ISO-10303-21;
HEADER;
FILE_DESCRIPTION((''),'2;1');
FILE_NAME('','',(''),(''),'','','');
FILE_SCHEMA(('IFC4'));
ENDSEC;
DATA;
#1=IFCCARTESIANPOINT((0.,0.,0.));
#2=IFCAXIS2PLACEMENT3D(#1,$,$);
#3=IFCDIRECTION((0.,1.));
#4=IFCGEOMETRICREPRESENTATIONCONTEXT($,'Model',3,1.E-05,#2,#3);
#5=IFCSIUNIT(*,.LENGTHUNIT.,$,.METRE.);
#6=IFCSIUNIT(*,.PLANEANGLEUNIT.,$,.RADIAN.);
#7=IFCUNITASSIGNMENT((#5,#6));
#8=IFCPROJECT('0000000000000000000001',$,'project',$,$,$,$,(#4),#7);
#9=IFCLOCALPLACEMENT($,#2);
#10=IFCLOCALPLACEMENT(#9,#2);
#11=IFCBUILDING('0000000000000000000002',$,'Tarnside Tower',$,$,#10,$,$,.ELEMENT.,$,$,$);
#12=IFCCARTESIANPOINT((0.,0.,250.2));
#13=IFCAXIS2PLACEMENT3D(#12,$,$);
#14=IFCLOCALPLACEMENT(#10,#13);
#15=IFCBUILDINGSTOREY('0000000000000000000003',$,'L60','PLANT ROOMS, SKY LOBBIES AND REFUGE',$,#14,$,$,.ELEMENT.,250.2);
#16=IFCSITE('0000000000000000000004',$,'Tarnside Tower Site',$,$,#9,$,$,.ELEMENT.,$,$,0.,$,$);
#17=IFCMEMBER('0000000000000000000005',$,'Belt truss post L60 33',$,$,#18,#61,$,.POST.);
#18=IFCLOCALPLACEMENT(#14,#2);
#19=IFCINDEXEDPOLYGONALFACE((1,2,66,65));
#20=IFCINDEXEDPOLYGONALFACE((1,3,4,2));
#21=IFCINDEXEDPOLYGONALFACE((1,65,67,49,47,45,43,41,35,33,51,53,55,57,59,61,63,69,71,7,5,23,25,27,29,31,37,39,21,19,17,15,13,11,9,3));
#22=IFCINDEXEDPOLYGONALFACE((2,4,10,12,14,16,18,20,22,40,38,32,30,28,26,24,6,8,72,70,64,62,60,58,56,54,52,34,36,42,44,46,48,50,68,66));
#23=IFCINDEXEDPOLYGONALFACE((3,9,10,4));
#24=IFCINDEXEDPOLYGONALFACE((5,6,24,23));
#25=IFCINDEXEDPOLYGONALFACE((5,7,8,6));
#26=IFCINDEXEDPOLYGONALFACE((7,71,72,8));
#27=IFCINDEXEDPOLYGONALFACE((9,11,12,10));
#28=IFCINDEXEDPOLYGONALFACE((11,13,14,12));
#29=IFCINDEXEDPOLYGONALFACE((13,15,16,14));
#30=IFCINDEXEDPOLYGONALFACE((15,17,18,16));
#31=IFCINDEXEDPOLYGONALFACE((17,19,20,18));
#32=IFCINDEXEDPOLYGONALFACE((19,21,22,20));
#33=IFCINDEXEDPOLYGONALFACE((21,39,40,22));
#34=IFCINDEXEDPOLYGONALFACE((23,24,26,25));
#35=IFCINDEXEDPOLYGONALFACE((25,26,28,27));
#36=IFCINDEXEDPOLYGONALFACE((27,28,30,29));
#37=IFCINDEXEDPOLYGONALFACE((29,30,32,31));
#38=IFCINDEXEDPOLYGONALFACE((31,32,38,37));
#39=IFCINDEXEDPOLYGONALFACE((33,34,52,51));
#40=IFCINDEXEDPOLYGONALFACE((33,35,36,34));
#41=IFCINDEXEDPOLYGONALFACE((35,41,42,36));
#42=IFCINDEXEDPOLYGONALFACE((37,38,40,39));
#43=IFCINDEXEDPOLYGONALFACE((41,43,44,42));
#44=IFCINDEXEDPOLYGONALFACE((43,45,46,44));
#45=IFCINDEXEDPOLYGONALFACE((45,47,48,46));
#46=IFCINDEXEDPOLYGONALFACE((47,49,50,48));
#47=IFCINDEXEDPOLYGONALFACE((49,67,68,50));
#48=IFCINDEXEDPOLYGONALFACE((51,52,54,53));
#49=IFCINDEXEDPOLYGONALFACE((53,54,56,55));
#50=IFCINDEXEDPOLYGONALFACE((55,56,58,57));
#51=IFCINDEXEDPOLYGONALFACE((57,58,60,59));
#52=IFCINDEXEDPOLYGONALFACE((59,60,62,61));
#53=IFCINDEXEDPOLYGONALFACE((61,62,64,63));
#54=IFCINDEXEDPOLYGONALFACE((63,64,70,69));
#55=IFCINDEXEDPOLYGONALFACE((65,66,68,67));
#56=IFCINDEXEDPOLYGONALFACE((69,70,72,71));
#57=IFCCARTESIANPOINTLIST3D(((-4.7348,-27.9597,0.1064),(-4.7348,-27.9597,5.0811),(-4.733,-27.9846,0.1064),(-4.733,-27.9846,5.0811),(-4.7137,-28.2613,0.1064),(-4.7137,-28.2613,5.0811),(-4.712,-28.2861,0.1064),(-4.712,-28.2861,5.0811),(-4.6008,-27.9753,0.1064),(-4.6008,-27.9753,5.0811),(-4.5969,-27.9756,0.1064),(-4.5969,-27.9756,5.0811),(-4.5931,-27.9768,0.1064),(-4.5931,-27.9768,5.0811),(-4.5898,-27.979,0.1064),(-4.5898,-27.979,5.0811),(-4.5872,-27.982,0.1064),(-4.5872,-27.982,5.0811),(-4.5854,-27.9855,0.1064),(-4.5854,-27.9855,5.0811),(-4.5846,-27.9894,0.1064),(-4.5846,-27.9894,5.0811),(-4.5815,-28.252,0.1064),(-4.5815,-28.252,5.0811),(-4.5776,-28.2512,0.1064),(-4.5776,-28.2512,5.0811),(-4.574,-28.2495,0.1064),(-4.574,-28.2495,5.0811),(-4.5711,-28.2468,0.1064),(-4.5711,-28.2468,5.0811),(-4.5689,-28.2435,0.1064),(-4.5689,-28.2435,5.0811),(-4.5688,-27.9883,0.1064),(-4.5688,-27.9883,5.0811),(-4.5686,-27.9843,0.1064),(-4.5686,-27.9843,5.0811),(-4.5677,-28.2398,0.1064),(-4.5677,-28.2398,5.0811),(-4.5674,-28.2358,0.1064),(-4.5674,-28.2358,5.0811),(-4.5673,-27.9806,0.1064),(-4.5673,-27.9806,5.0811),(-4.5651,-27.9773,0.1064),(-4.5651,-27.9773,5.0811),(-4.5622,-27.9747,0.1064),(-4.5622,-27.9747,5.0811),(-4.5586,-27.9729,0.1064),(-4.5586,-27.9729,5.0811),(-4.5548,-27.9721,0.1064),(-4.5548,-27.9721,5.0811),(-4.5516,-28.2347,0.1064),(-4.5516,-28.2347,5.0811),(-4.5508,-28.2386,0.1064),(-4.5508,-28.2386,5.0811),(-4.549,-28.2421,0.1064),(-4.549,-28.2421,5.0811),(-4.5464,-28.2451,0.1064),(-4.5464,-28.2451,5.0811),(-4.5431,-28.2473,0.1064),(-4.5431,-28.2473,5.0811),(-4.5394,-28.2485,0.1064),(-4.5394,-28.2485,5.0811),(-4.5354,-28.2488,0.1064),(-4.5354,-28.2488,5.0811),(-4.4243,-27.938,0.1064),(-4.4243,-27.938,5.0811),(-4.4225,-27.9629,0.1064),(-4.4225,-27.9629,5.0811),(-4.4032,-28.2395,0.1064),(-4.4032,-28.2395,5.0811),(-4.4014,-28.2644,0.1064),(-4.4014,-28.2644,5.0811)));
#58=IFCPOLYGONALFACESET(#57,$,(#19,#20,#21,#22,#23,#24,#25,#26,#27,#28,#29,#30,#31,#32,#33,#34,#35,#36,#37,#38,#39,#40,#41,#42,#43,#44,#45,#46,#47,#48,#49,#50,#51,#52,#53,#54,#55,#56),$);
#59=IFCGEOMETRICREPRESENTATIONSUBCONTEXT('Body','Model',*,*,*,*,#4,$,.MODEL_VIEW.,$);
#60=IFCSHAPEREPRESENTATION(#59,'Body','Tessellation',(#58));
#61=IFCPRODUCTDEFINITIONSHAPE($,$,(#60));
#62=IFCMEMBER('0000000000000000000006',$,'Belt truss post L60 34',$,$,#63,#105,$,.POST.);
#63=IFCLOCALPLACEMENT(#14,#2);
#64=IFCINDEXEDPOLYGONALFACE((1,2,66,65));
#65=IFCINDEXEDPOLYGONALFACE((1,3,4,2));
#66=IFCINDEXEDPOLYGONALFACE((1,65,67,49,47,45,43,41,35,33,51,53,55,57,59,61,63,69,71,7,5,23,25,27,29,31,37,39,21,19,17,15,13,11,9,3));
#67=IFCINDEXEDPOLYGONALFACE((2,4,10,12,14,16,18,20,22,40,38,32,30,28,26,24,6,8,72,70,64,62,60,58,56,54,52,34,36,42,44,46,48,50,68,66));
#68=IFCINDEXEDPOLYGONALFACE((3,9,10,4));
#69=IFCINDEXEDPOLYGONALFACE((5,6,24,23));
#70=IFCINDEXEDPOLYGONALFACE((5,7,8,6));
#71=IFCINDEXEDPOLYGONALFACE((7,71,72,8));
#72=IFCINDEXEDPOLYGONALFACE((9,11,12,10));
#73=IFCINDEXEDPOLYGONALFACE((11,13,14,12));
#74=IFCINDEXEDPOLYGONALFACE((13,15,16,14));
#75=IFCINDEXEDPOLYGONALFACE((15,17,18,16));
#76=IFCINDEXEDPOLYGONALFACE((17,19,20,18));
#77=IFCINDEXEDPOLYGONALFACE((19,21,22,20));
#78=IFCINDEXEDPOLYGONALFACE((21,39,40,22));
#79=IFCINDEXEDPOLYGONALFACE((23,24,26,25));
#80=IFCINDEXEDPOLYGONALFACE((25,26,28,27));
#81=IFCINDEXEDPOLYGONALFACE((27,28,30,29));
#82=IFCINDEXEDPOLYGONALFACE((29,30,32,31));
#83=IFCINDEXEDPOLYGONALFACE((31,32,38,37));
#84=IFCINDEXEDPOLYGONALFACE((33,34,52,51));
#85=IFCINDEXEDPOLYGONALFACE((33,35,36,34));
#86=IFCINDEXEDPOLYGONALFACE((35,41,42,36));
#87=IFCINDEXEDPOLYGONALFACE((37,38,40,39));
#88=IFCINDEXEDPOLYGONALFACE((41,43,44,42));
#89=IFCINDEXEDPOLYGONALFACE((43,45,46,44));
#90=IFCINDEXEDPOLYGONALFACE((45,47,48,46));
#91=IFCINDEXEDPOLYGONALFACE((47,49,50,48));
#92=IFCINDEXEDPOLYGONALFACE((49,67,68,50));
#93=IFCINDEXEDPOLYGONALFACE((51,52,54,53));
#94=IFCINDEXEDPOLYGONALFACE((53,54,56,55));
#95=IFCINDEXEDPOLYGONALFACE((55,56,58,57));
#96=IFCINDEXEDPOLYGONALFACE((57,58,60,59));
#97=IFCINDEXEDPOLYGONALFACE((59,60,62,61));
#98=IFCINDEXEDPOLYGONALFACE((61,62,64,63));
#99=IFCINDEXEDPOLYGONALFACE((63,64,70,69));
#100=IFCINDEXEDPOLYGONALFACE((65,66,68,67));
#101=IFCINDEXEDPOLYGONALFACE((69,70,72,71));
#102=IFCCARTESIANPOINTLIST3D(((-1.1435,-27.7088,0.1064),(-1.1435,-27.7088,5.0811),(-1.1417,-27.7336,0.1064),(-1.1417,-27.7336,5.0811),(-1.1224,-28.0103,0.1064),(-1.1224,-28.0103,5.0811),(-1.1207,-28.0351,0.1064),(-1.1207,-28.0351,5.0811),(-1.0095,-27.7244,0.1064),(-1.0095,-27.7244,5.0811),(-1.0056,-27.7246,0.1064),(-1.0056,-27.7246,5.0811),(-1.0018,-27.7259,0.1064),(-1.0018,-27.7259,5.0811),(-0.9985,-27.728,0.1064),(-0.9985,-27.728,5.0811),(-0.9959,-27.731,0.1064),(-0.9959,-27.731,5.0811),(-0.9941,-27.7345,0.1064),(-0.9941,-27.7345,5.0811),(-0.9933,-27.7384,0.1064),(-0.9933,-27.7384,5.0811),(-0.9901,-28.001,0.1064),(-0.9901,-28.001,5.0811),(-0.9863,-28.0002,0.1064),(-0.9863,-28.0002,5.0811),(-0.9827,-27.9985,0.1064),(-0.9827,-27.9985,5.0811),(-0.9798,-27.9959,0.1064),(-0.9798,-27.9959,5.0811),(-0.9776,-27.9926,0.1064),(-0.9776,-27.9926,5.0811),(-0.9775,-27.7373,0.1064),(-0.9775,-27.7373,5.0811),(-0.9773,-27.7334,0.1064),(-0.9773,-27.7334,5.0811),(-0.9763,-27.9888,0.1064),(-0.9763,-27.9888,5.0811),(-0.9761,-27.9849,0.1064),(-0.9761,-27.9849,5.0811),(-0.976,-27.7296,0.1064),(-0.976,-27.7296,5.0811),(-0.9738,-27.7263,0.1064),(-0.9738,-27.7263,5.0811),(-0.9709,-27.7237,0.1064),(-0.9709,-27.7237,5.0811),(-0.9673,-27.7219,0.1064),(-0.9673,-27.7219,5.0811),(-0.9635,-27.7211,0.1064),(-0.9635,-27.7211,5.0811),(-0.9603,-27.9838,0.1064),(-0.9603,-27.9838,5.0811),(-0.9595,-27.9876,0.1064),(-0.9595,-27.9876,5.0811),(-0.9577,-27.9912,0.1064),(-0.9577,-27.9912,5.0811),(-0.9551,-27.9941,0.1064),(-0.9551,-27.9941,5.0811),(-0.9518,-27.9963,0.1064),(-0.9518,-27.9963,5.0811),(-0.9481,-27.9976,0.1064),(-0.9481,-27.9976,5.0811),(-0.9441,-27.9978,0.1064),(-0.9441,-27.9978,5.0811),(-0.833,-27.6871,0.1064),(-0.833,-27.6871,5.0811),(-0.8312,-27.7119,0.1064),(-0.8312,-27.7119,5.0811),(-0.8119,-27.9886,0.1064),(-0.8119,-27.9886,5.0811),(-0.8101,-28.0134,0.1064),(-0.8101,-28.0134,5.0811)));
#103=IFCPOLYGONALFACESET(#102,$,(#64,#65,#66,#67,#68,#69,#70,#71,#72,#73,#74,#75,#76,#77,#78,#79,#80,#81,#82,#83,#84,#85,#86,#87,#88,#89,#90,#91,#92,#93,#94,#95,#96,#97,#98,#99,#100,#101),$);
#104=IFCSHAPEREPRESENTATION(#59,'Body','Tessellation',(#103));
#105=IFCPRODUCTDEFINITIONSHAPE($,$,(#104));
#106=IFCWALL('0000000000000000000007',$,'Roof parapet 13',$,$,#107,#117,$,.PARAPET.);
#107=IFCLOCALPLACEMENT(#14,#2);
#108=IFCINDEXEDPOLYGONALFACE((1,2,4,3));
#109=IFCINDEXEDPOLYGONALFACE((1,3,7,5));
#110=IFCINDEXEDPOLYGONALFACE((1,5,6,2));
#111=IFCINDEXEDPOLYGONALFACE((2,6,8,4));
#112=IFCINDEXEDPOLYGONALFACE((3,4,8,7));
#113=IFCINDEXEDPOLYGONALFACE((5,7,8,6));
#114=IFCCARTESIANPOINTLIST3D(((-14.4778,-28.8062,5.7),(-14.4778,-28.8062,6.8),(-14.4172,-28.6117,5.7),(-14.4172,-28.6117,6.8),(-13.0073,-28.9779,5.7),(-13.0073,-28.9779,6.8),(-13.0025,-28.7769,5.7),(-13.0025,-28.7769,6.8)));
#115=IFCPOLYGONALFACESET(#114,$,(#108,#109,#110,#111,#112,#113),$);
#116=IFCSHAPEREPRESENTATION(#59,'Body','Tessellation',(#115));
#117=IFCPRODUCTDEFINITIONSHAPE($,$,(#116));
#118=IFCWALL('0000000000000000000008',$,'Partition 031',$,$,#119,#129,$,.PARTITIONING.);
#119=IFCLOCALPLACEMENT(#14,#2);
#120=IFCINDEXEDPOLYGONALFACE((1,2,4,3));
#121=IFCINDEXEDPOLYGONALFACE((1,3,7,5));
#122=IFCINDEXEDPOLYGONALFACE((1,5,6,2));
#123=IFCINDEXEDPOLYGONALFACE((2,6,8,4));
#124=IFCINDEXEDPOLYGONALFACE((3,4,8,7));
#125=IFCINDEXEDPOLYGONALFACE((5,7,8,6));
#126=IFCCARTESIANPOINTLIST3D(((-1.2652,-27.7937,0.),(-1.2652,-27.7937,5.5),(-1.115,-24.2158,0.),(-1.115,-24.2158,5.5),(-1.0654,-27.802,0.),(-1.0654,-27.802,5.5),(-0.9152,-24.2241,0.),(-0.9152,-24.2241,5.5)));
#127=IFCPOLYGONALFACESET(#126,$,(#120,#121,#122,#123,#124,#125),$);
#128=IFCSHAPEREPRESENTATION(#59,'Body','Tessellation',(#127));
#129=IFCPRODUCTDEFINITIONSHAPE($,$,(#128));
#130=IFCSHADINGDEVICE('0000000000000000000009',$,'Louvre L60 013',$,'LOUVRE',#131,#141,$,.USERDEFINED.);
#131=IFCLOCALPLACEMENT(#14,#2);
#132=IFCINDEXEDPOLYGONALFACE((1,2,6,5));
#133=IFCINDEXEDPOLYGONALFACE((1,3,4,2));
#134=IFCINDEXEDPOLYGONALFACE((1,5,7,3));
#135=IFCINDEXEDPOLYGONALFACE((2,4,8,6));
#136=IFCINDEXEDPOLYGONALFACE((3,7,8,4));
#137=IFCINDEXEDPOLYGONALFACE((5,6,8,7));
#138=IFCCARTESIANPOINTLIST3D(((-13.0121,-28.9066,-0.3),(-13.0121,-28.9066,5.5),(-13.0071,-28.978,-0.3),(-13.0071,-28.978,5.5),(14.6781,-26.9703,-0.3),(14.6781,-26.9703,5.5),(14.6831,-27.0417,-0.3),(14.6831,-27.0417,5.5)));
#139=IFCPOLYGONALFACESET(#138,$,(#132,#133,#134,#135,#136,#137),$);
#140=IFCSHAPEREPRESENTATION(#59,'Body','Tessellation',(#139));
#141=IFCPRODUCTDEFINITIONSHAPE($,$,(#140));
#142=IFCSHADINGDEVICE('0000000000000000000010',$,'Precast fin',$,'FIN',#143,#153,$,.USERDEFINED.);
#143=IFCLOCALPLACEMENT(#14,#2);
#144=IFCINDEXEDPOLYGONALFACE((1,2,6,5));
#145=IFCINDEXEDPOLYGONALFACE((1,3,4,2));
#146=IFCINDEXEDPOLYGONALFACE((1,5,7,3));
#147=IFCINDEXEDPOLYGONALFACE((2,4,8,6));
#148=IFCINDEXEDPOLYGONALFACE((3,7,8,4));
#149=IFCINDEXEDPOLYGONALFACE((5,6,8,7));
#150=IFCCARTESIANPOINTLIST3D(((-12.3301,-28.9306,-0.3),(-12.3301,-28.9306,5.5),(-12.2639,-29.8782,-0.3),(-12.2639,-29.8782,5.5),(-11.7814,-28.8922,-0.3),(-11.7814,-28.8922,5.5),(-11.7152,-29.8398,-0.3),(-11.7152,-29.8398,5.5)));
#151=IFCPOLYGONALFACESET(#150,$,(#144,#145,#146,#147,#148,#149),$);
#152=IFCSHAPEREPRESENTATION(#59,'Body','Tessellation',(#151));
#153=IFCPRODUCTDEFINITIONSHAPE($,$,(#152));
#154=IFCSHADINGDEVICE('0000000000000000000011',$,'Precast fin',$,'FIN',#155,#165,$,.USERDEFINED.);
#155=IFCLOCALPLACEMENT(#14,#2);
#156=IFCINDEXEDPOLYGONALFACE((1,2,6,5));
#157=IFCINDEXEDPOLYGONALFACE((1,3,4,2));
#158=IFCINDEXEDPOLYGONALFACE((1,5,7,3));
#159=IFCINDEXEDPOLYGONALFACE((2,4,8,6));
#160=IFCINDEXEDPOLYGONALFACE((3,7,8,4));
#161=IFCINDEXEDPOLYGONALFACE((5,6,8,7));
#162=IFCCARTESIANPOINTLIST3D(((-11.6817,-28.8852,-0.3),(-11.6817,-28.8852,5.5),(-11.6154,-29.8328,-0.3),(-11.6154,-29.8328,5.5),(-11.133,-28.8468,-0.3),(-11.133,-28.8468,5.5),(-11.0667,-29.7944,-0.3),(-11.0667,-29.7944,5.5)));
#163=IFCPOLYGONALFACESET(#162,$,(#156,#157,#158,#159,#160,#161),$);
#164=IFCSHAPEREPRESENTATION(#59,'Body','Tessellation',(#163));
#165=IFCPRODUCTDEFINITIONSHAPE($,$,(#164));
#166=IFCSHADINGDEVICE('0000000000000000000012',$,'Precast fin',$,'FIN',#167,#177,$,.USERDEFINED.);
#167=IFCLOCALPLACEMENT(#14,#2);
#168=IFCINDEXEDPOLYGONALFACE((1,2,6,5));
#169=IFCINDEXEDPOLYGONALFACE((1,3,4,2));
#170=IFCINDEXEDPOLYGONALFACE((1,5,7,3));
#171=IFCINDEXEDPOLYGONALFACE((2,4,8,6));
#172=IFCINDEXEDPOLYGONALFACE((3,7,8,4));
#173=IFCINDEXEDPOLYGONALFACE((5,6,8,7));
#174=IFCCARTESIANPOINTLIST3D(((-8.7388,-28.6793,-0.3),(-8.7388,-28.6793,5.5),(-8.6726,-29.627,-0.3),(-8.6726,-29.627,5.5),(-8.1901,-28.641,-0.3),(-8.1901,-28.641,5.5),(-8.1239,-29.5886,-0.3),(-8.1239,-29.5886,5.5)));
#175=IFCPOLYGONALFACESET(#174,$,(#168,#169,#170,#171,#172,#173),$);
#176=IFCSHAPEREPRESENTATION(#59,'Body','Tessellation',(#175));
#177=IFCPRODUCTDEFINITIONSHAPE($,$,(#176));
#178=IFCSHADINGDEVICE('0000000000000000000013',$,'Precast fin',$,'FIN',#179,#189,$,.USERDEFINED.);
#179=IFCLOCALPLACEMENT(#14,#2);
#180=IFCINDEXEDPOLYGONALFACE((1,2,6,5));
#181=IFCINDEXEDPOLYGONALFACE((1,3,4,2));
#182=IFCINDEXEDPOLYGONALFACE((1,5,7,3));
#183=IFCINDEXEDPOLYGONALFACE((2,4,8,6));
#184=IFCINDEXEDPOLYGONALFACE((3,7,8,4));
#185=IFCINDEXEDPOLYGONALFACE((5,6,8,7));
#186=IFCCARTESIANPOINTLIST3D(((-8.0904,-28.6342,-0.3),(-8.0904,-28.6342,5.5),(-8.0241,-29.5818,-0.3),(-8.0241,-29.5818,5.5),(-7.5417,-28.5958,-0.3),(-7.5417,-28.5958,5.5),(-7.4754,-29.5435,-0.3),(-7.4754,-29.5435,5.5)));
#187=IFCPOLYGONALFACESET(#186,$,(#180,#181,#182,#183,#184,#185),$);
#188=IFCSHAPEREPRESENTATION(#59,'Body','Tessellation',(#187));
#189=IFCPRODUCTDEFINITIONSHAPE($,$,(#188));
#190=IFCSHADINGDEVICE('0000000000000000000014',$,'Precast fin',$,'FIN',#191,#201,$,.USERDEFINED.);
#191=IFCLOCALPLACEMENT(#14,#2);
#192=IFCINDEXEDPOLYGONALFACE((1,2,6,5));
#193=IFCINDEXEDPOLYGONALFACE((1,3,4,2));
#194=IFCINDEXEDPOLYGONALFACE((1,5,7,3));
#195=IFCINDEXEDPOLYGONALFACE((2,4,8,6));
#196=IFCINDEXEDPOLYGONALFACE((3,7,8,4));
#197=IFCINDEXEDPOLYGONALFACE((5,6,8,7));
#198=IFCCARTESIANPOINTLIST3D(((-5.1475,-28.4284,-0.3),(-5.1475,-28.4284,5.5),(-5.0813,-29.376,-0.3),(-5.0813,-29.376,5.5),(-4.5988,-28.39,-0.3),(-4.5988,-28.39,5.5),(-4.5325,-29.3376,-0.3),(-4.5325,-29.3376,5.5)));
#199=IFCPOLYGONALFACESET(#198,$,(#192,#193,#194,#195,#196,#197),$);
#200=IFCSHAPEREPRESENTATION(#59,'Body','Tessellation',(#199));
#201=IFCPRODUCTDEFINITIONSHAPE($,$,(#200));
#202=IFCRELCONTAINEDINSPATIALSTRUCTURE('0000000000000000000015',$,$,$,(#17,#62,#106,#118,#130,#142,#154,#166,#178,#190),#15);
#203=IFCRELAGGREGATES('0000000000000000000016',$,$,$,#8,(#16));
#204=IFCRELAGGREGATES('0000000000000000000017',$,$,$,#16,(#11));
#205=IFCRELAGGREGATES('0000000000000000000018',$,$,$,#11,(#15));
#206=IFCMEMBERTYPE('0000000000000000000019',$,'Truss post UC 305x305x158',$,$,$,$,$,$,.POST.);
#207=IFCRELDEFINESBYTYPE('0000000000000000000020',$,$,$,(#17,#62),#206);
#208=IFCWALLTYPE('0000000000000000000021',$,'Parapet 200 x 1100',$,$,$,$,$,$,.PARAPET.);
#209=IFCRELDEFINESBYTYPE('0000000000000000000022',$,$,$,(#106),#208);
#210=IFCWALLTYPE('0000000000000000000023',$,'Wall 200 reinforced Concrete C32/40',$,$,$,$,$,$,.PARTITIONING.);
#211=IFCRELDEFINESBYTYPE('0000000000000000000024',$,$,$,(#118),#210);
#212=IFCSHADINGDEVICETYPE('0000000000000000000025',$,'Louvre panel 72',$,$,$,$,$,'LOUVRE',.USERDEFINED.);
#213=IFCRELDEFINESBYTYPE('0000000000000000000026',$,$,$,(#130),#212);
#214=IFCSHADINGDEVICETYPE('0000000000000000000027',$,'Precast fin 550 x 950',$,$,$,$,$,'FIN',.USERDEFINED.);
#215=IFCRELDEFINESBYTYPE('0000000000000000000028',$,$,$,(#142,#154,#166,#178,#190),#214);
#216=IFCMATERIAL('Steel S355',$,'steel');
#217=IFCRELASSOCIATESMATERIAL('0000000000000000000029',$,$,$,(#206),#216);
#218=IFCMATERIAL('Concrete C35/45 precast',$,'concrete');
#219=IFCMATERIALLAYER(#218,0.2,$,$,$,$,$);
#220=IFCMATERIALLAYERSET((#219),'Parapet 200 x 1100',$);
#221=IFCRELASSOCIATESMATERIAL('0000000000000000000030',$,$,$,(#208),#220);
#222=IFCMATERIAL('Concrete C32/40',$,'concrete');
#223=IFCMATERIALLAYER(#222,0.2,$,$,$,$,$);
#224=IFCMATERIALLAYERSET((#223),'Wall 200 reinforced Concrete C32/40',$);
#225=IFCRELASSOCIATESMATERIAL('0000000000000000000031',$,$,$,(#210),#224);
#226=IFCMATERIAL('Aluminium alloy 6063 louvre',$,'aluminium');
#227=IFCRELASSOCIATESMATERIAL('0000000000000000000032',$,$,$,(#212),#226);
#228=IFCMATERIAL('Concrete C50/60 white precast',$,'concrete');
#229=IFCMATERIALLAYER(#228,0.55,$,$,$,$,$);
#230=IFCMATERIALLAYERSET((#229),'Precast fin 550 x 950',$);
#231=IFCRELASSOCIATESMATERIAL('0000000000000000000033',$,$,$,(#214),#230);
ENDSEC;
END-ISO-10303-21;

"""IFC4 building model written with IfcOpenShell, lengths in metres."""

from ifc_helpers import new_model, si_unit, direction, frame, frame_2d, origin, origin_2d, place, context, subcontext, project, spatial, polyline, rectangle, i_section, outline, extrude, material, layer, layer_set, material_profile, profile_set, type_object, element, save


model = new_model("IFC4")

# Units and contexts
model_context = context("Model", 3, precision=1e-05, world=origin(), true_north=direction((0.0, 1.0)))
body_context = subcontext(model_context, "Body", "Model", "MODEL_VIEW")
ifc_project = project(units=[si_unit("LENGTHUNIT", "METRE"), si_unit("PLANEANGLEUNIT", "RADIAN")], contexts=[model_context])

# Site, building, storey
site_placement = place(None, origin())
site = spatial("IfcSite", under=ifc_project, at=site_placement, Name="Tarnside Tower Site", CompositionType="ELEMENT", RefElevation=0.0)
building_placement = place(site_placement, origin())
building = spatial("IfcBuilding", under=site, at=building_placement, Name="Tarnside Tower", CompositionType="ELEMENT")
storey_placement = place(building_placement, frame((0.0, 0.0, 250.2)))
storey = spatial("IfcBuildingStorey", under=building, at=storey_placement, Name="L60", Description="PLANT ROOMS, SKY LOBBIES AND REFUGE", CompositionType="ELEMENT", Elevation=250.2)

# Shared definitions
ifc_material_1 = material(Name="Steel S355", Category="steel")

# Members
ifc_material_profile_1 = material_profile(ifc_material_1, i_section(OverallWidth=0.3113, OverallDepth=0.3271, WebThickness=0.0159, FlangeThickness=0.0249, FilletRadius=0.0151, at=origin_2d()), Name="UC 305x305x158")
ifc_profile_set_1 = profile_set([ifc_material_profile_1], Name="Steel S355")
member_type_1 = type_object("IfcMemberType", Name="Truss post UC 305x305x158", PredefinedType="POST", material=ifc_profile_set_1)
for number, where, z_axis, x_axis, name in (
    (1, (-4.5681, -28.1121, 0.1064), (0.0, 0.0, 1.0), (0.997564, 0.069756, 0.0), "Belt truss post L60 33"),
    (2, (-0.9768, -27.8611, 0.1064), (0.0, 0.0, 1.0), (0.997564, 0.069756, 0.0), "Belt truss post L60 34"),
):
    element("IfcMember", number, at=place(storey_placement, frame(where, z_axis=z_axis, x_axis=x_axis)), inside=storey, type_object=member_type_1, Name=name, PredefinedType="POST", context=body_context, shape_type="SweptSolid", body=[
        extrude(i_section(OverallWidth=0.3113, OverallDepth=0.3271, WebThickness=0.0159, FlangeThickness=0.0249, FilletRadius=0.0151, at=origin_2d()), origin(), (0.0, 0.0, 1.0), 4.9746),
    ])

# Walls
ifc_material_2 = material(Name="Concrete C35/45 precast", Category="concrete")
ifc_layer_1 = layer(ifc_material_2, 0.2)
ifc_layer_set_1 = layer_set([ifc_layer_1], Name="Parapet 200 x 1100")
wall_type_1 = type_object("IfcWallType", Name="Parapet 200 x 1100", PredefinedType="PARAPET", material=ifc_layer_set_1)
wall_1_placement = place(storey_placement, frame((-13.0049, -28.8774, 5.7), z_axis=(0.0, 0.0, 1.0), x_axis=(-0.993251, 0.115983, 0.0)))
element("IfcWall", 3, at=wall_1_placement, inside=storey, type_object=wall_type_1, Name="Roof parapet 13", PredefinedType="PARAPET", context=body_context, shape_type="SweptSolid", body=[
    extrude(outline(polyline([(0.0093, -0.1001), (1.4336, -0.1001), (1.4712, 0.1001), (-0.0093, 0.1001), (0.0093, -0.1001)])), origin(), (0.0, 0.0, 1.0), 1.1001),
])
ifc_material_3 = material(Name="Concrete C32/40", Category="concrete")
ifc_layer_2 = layer(ifc_material_3, 0.2)
ifc_layer_set_2 = layer_set([ifc_layer_2], Name="Wall 200 reinforced Concrete C32/40")
wall_type_2 = type_object("IfcWallType", Name="Wall 200 reinforced Concrete C32/40", PredefinedType="PARTITIONING", material=ifc_layer_set_2)
wall_2_placement = place(storey_placement, frame((-1.1653, -27.7979, 0.0), z_axis=(0.0, 0.0, 1.0), x_axis=(0.041928, 0.999121, 0.0)))
element("IfcWall", 4, at=wall_2_placement, inside=storey, type_object=wall_type_2, Name="Partition 031", PredefinedType="PARTITIONING", context=body_context, shape_type="SweptSolid", body=[
    extrude(rectangle(XDim=3.5811, YDim=0.2, at=frame_2d((1.7905, 0.0))), origin(), (0.0, 0.0, 1.0), 5.5),
])

# Shading devices
ifc_material_4 = material(Name="Aluminium alloy 6063 louvre", Category="aluminium")
shading_device_type_1 = type_object("IfcShadingDeviceType", Name="Louvre panel 72", ElementType="LOUVRE", PredefinedType="USERDEFINED", material=ifc_material_4)
shading_device_placement = place(storey_placement, frame((0.833, -27.9385, -0.3), z_axis=(-0.997564, -0.069757, 0.0), x_axis=(0.069757, -0.997564, 0.0)))
element("IfcShadingDevice", 5, at=shading_device_placement, inside=storey, type_object=shading_device_type_1, Name="Louvre L60 013", ObjectType="LOUVRE", PredefinedType="USERDEFINED", context=body_context, shape_type="SweptSolid", body=[
    extrude(outline(polyline([(0.0, 0.0), (0.0715, 0.0), (0.0715, 5.8), (0.0, 5.8), (0.0, 0.0)])), frame((0.0, 0.0, -13.8789)), (0.0, 0.0, 1.0), 27.7578),
])
ifc_material_5 = material(Name="Concrete C50/60 white precast", Category="concrete")
ifc_layer_3 = layer(ifc_material_5, 0.55)
ifc_layer_set_3 = layer_set([ifc_layer_3], Name="Precast fin 550 x 950")
shading_device_type_2 = type_object("IfcShadingDeviceType", Name="Precast fin 550 x 950", ElementType="FIN", PredefinedType="USERDEFINED", material=ifc_layer_set_3)
for number, where, z_axis, x_axis, name in (
    (6, (-12.0557, -28.9114, -0.3), (-0.997564, -0.069756, 0.0), (0.069756, -0.997564, 0.0), "Precast fin"),
    (7, (-11.4072, -28.866, -0.3), (-0.997564, -0.069756, 0.0), (0.069756, -0.997564, 0.0), "Precast fin"),
    (8, (-8.4644, -28.6602, -0.3), (-0.997564, -0.069756, 0.0), (0.069756, -0.997564, 0.0), "Precast fin"),
    (9, (-7.8159, -28.615, -0.3), (-0.997564, -0.069756, 0.0), (0.069756, -0.997564, 0.0), "Precast fin"),
    (10, (-4.873, -28.4092, -0.3), (-0.997564, -0.069756, 0.0), (0.069756, -0.997564, 0.0), "Precast fin"),
):
    element("IfcShadingDevice", number, at=place(storey_placement, frame(where, z_axis=z_axis, x_axis=x_axis)), inside=storey, type_object=shading_device_type_2, Name=name, ObjectType="FIN", PredefinedType="USERDEFINED", context=body_context, shape_type="SweptSolid", body=[
        extrude(outline(polyline([(0.0, 0.0), (0.95, 0.0), (0.95, 5.8), (0.0, 5.8), (0.0, 0.0)])), frame((0.0, 0.0, -0.2749)), (0.0, 0.0, 1.0), 0.55),
    ])

save(model, "model.ifc")
